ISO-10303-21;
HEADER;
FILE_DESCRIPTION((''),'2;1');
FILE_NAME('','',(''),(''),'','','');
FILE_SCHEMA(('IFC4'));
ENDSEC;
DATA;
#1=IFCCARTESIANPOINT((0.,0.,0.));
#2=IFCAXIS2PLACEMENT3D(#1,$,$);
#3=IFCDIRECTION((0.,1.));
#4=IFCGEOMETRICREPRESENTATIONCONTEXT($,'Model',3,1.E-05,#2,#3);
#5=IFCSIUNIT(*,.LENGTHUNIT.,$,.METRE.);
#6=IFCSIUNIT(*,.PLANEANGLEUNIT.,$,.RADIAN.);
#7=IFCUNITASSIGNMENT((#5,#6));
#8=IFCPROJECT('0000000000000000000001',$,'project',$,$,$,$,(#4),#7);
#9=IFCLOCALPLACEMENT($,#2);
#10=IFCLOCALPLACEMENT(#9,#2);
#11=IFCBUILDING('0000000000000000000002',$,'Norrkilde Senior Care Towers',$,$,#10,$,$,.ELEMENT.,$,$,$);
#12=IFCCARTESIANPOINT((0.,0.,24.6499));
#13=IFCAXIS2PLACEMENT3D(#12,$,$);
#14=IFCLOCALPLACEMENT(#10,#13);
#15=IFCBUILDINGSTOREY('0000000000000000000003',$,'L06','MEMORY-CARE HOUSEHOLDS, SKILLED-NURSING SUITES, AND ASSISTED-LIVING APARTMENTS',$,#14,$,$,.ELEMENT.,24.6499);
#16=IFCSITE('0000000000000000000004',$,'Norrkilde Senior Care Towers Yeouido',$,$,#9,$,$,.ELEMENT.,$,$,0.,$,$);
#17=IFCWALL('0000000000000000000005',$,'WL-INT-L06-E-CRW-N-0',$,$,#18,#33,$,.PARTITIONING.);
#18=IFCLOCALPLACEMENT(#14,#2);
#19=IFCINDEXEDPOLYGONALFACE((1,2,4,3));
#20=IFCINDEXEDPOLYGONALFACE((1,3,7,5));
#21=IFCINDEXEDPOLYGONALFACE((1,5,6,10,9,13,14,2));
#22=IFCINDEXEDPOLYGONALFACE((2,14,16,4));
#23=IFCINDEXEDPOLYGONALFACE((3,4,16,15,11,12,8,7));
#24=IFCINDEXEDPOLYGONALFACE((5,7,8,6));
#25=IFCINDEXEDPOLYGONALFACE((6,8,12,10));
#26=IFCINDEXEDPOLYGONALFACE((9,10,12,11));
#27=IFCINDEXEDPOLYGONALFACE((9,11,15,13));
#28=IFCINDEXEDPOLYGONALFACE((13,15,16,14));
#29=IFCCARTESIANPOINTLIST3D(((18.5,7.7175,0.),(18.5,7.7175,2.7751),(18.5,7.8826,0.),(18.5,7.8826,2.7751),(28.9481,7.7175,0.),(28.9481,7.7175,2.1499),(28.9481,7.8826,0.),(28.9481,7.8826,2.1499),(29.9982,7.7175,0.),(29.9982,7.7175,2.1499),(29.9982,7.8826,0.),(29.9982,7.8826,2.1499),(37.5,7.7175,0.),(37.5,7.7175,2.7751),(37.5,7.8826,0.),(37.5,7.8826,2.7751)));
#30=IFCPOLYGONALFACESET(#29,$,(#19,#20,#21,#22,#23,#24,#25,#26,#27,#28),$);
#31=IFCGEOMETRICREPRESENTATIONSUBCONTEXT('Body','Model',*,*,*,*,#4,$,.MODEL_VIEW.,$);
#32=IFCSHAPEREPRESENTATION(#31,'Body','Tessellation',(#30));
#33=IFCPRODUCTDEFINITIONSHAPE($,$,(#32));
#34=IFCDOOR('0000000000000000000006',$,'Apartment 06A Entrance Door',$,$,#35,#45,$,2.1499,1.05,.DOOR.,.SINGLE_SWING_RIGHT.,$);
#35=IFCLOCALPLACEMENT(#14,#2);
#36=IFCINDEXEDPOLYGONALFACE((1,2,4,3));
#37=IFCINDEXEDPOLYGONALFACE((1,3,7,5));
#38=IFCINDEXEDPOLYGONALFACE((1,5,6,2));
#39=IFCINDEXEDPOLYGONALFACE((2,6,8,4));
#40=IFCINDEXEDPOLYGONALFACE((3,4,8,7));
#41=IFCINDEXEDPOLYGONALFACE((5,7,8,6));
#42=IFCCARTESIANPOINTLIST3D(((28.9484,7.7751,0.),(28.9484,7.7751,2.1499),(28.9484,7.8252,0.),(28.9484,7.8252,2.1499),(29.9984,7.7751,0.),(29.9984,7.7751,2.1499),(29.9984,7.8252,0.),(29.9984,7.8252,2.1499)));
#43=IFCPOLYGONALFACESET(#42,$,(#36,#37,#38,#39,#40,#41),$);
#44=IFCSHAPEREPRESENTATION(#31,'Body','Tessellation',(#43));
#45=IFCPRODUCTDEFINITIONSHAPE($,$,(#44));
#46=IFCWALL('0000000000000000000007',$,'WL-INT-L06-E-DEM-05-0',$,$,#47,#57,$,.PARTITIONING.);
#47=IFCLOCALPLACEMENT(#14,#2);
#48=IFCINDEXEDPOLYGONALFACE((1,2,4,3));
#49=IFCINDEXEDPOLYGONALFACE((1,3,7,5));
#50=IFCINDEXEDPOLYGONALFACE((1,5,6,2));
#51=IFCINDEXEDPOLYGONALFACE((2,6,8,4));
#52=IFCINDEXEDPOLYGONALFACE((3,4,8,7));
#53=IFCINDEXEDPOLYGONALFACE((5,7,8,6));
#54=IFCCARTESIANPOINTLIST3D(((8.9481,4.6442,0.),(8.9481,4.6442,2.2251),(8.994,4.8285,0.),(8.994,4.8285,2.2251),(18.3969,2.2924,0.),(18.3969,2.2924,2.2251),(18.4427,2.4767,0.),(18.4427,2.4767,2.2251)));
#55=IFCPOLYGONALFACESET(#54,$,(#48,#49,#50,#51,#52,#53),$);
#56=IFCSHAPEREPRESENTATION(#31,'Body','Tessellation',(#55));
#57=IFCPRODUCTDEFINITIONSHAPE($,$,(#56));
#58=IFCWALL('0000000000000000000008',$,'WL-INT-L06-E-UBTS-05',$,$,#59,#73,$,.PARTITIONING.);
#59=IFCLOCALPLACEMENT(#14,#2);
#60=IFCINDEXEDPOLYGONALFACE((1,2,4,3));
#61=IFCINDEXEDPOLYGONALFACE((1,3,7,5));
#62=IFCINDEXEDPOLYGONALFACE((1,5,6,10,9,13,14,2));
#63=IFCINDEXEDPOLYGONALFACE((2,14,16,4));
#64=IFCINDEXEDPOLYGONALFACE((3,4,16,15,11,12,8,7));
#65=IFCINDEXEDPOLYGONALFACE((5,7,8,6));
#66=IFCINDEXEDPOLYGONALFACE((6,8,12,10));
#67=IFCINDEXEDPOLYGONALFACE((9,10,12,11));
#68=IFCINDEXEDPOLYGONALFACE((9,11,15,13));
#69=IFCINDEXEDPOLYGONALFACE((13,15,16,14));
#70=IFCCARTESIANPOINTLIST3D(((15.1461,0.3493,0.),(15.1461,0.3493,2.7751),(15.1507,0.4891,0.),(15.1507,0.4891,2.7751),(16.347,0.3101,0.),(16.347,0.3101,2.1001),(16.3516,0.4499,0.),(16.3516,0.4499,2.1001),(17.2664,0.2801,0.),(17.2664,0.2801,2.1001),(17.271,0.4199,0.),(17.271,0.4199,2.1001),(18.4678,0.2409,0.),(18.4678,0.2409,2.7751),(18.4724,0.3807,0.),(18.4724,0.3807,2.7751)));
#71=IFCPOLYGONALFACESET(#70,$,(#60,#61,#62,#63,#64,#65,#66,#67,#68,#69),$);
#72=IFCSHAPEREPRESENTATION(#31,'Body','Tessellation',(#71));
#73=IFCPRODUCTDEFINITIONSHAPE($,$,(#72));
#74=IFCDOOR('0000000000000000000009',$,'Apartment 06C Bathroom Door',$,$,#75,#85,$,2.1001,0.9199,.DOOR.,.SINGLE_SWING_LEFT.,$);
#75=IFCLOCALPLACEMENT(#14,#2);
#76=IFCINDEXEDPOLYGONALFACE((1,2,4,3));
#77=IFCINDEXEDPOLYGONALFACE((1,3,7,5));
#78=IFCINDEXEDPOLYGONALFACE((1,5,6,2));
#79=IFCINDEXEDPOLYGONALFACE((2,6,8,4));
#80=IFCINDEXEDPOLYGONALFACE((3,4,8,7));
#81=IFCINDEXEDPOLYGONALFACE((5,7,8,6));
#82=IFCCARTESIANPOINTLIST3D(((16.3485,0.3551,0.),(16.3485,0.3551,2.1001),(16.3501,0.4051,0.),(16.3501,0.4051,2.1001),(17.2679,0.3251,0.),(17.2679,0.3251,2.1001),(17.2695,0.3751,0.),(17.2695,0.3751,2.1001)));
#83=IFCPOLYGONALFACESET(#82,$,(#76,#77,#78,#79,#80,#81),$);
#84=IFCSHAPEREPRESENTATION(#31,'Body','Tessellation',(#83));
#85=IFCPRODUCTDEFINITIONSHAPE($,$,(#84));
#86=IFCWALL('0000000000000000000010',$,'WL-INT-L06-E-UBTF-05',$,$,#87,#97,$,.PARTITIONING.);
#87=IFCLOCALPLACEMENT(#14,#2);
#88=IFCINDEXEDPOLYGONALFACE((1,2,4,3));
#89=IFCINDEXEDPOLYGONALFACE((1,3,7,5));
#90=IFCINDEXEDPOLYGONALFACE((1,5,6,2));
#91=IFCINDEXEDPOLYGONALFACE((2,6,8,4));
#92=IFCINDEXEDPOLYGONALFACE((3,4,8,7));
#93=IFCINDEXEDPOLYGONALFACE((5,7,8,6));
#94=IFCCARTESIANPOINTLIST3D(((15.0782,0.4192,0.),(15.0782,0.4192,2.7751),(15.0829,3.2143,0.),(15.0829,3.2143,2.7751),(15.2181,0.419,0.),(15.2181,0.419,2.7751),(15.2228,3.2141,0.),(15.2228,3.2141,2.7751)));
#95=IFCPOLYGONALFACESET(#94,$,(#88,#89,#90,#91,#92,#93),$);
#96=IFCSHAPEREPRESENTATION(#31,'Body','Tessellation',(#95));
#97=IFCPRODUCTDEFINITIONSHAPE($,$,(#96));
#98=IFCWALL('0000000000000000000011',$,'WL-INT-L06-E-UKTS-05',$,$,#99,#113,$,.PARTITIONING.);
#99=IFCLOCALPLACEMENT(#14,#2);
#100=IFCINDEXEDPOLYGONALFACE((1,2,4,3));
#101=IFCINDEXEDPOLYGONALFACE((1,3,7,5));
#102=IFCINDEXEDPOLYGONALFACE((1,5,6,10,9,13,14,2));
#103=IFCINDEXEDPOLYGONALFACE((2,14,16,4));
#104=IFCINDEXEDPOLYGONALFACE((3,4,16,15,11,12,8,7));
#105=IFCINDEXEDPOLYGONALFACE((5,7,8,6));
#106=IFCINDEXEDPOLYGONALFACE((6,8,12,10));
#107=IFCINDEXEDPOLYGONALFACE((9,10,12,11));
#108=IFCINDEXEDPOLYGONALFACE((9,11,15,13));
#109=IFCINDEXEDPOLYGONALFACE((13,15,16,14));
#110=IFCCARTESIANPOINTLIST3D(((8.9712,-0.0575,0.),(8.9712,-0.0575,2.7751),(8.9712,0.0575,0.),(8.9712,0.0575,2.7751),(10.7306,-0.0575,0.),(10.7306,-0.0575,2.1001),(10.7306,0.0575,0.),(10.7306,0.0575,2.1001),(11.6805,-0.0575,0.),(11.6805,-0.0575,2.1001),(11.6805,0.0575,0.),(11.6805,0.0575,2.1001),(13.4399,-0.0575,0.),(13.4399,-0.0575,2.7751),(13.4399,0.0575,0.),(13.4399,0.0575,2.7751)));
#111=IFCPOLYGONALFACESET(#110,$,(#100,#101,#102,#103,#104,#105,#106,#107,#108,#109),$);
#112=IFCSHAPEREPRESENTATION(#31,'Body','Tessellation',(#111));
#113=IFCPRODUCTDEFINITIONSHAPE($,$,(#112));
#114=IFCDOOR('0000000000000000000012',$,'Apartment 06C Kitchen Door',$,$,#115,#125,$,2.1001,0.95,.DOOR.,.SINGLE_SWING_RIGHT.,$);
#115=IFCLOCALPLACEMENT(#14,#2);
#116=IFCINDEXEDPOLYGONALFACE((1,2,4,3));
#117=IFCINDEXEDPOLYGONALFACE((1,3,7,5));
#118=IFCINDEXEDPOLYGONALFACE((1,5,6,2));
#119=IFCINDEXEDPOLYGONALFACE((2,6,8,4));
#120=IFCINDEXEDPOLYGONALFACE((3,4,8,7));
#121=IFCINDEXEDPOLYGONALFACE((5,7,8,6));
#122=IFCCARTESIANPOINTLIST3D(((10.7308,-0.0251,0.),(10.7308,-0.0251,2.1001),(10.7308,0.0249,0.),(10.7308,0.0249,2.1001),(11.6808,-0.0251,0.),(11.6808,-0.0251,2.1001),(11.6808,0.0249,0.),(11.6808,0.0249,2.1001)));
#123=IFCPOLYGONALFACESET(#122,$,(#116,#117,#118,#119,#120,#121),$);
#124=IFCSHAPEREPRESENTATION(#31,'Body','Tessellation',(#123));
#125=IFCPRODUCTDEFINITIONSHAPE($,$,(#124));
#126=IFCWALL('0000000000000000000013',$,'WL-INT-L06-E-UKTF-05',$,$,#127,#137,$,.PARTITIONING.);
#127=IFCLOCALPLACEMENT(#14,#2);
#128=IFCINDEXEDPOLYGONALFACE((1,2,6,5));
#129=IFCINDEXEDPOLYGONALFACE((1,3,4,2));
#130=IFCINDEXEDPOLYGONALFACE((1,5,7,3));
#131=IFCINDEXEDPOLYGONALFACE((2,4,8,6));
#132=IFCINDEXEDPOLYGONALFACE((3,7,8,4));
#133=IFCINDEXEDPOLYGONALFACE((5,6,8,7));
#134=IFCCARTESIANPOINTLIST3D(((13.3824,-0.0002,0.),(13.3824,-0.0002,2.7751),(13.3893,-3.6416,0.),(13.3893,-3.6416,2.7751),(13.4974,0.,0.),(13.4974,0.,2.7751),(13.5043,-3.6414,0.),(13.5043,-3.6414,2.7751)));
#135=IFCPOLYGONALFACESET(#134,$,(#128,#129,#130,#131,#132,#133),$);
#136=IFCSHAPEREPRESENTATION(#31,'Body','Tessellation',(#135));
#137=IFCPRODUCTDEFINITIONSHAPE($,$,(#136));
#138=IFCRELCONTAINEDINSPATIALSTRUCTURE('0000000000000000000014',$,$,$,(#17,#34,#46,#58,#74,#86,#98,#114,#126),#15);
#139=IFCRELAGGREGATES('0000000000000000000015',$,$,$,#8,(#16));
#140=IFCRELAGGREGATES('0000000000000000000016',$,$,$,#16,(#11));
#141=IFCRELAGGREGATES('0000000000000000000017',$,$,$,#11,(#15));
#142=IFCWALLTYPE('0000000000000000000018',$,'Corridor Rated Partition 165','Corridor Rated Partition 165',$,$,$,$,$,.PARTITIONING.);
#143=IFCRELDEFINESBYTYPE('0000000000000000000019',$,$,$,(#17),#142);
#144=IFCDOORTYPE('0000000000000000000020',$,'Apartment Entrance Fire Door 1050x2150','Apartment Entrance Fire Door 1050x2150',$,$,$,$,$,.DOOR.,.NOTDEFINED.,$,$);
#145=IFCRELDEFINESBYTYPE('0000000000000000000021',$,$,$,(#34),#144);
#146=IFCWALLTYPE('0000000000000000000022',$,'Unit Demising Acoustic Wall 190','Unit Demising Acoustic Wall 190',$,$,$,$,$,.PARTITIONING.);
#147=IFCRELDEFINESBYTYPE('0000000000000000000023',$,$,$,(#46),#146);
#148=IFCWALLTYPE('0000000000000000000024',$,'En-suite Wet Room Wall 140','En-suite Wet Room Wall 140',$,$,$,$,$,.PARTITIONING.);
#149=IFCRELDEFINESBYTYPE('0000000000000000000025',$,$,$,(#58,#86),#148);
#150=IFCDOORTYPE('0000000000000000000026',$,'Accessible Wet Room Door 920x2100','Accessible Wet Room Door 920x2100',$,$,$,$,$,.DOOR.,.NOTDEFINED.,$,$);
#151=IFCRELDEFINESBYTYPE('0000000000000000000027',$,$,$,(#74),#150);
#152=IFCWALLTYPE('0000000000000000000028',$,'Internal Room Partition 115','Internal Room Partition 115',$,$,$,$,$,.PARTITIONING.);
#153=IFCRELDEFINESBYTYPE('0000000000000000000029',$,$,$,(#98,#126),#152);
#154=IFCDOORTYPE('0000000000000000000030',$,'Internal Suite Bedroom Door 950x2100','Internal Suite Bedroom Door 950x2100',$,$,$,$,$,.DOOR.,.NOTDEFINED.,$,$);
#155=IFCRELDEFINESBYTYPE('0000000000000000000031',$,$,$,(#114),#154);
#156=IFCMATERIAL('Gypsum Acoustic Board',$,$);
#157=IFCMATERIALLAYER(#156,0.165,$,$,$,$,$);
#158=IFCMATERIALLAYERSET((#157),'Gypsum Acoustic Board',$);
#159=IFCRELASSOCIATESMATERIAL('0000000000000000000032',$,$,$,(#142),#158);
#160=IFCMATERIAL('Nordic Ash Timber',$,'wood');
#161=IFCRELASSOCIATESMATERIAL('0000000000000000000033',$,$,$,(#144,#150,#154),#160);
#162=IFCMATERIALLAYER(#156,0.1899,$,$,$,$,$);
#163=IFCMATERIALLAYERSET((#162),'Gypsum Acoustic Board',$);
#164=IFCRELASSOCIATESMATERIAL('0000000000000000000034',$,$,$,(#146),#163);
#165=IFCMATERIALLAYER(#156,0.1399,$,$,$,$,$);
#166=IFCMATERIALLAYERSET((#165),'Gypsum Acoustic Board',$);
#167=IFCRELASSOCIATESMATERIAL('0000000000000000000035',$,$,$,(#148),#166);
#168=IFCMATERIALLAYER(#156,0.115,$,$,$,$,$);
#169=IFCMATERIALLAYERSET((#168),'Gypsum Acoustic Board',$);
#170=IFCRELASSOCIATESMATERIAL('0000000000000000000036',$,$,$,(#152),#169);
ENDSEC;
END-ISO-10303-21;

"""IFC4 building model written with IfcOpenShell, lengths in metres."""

from ifc_helpers import new_model, si_unit, direction, frame, frame_2d, origin, place, context, subcontext, project, spatial, rectangle, extrude, source, transform, mapped, material, layer, layer_set, type_object, type_shapes, element, fill, save


model = new_model("IFC4")

# Units and contexts
model_context = context("Model", 3, precision=1e-05, world=origin(), true_north=direction((0.0, 1.0)))
body_context = subcontext(model_context, "Body", "Model", "MODEL_VIEW")
ifc_project = project(units=[si_unit("LENGTHUNIT", "METRE"), si_unit("PLANEANGLEUNIT", "RADIAN")], contexts=[model_context])

# Site, building, storey
site_placement = place(None, origin())
site = spatial("IfcSite", under=ifc_project, at=site_placement, Name="Norrkilde Senior Care Towers Yeouido", CompositionType="ELEMENT", RefElevation=0.0)
building_placement = place(site_placement, origin())
building = spatial("IfcBuilding", under=site, at=building_placement, Name="Norrkilde Senior Care Towers", CompositionType="ELEMENT")
storey_placement = place(building_placement, frame((0.0, 0.0, 24.6499)))
storey = spatial("IfcBuildingStorey", under=building, at=storey_placement, Name="L06", Description="MEMORY-CARE HOUSEHOLDS, SKILLED-NURSING SUITES, AND ASSISTED-LIVING APARTMENTS", CompositionType="ELEMENT", Elevation=24.6499)

# Wall, opening, door
ifc_material_1 = material(Name="Gypsum Acoustic Board")
ifc_layer_1 = layer(ifc_material_1, 0.165)
ifc_layer_set_1 = layer_set([ifc_layer_1], Name="Gypsum Acoustic Board")
wall_type_1 = type_object("IfcWallType", Name="Corridor Rated Partition 165", Description="Corridor Rated Partition 165", PredefinedType="PARTITIONING", material=ifc_layer_set_1)
shared_shape_1 = source(origin(), body_context, "Body", "SweptSolid", [
    extrude(rectangle(XDim=19.0, YDim=0.165, at=frame_2d((9.5, 0.0))), origin(), (0.0, 0.0, 1.0), 2.7751),
])
type_shapes(wall_type_1, [shared_shape_1])
wall_1_placement = place(storey_placement, frame((18.5, 7.8, 0.0), z_axis=(0.0, 0.0, 1.0), x_axis=(1.0, 0.0, 0.0)))
wall_1 = element("IfcWall", 1, at=wall_1_placement, inside=storey, type_object=wall_type_1, Name="WL-INT-L06-E-CRW-N-0", PredefinedType="PARTITIONING", context=body_context, shape_type="MappedRepresentation", body=[
    mapped(shared_shape_1, transform((0.0, 0.0, 0.0), x_axis=(1.0, 0.0, 0.0), y_axis=(0.0, 1.0, 0.0), z_axis=(0.0, 0.0, 1.0), scale=1.0)),
])
opening_1_placement = place(wall_1_placement, frame((10.4482, 0.0, 0.0)))
opening_1 = element("IfcOpeningElement", 2, at=opening_1_placement, cuts=wall_1, PredefinedType="OPENING", context=body_context, shape_type="SweptSolid", body=[
    extrude(rectangle(XDim=1.05, YDim=2.1499, at=frame_2d((0.5249, 1.075))), frame((0.0, 0.0925, 0.0), z_axis=(0.0, -1.0, 0.0), x_axis=(1.0, 0.0, 0.0)), (0.0, 0.0, 1.0), 0.1851),
])
ifc_material_2 = material(Name="Nordic Ash Timber", Category="wood")
door_type_1 = type_object("IfcDoorType", Name="Apartment Entrance Fire Door 1050x2150", Description="Apartment Entrance Fire Door 1050x2150", OperationType="NOTDEFINED", PredefinedType="DOOR", material=ifc_material_2)
shared_shape_2 = source(origin(), body_context, "Body", "SweptSolid", [
    extrude(rectangle(XDim=1.05, YDim=2.1499, at=frame_2d((0.5249, 1.075))), frame((0.0, 0.0249, 0.0), z_axis=(0.0, -1.0, 0.0), x_axis=(1.0, 0.0, 0.0)), (0.0, 0.0, 1.0), 0.05),
])
type_shapes(door_type_1, [shared_shape_2])
door_1_placement = place(opening_1_placement, frame((1.05, 0.0, 0.0), z_axis=(0.0, 0.0, 1.0), x_axis=(-1.0, 0.0, 0.0)))
door_1 = element("IfcDoor", 3, at=door_1_placement, inside=storey, type_object=door_type_1, Name="Apartment 06A Entrance Door", OperationType="SINGLE_SWING_RIGHT", OverallHeight=2.1499, OverallWidth=1.05, PredefinedType="DOOR", context=body_context, shape_type="MappedRepresentation", body=[
    mapped(shared_shape_2, transform((0.0, 0.0, 0.0), x_axis=(1.0, 0.0, 0.0), y_axis=(0.0, 1.0, 0.0), z_axis=(0.0, 0.0, 1.0), scale=1.0)),
])
fill(opening_1, door_1)

# Wall
ifc_layer_2 = layer(ifc_material_1, 0.1899)
ifc_layer_set_2 = layer_set([ifc_layer_2], Name="Gypsum Acoustic Board")
wall_type_2 = type_object("IfcWallType", Name="Unit Demising Acoustic Wall 190", Description="Unit Demising Acoustic Wall 190", PredefinedType="PARTITIONING", material=ifc_layer_set_2)
shared_shape_3 = source(origin(), body_context, "Body", "SweptSolid", [
    extrude(rectangle(XDim=9.7371, YDim=0.1899, at=frame_2d((4.8687, 0.0))), origin(), (0.0, 0.0, 1.0), 2.2251),
])
type_shapes(wall_type_2, [shared_shape_3])
wall_2_placement = place(storey_placement, frame((18.4199, 2.3845, 0.0), z_axis=(0.0, 0.0, 1.0), x_axis=(-0.970393, 0.241533, 0.0)))
element("IfcWall", 4, at=wall_2_placement, inside=storey, type_object=wall_type_2, Name="WL-INT-L06-E-DEM-05-0", PredefinedType="PARTITIONING", context=body_context, shape_type="MappedRepresentation", body=[
    mapped(shared_shape_3, transform((0.0, 0.0, 0.0), x_axis=(1.0, 0.0, 0.0), y_axis=(0.0, 1.0, 0.0), z_axis=(0.0, 0.0, 1.0), scale=1.0)),
])

# Wall, opening, door
ifc_layer_3 = layer(ifc_material_1, 0.1399)
ifc_layer_set_3 = layer_set([ifc_layer_3], Name="Gypsum Acoustic Board")
wall_type_3 = type_object("IfcWallType", Name="En-suite Wet Room Wall 140", Description="En-suite Wet Room Wall 140", PredefinedType="PARTITIONING", material=ifc_layer_set_3)
shared_shape_4 = source(origin(), body_context, "Body", "SweptSolid", [
    extrude(rectangle(XDim=3.3235, YDim=0.1399, at=frame_2d((1.6616, 0.0))), origin(), (0.0, 0.0, 1.0), 2.7751),
])
wall_3_placement = place(storey_placement, frame((18.47, 0.3108, 0.0), z_axis=(0.0, 0.0, 1.0), x_axis=(-0.999468, 0.032615, 0.0)))
wall_3 = element("IfcWall", 5, at=wall_3_placement, inside=storey, type_object=wall_type_3, Name="WL-INT-L06-E-UBTS-05", PredefinedType="PARTITIONING", context=body_context, shape_type="MappedRepresentation", body=[
    mapped(shared_shape_4, transform((0.0, 0.0, 0.0), x_axis=(1.0, 0.0, 0.0), y_axis=(0.0, 1.0, 0.0), z_axis=(0.0, 0.0, 1.0), scale=1.0)),
])
opening_2_placement = place(wall_3_placement, frame((1.2019, 0.0, 0.0)))
opening_2 = element("IfcOpeningElement", 6, at=opening_2_placement, cuts=wall_3, PredefinedType="OPENING", context=body_context, shape_type="SweptSolid", body=[
    extrude(rectangle(XDim=0.9199, YDim=2.1001, at=frame_2d((0.46, 1.05))), frame((0.0, 0.0798, 0.0), z_axis=(0.0, -1.0, 0.0), x_axis=(1.0, 0.0, 0.0)), (0.0, 0.0, 1.0), 0.1599),
])
door_type_2 = type_object("IfcDoorType", Name="Accessible Wet Room Door 920x2100", Description="Accessible Wet Room Door 920x2100", OperationType="NOTDEFINED", PredefinedType="DOOR", material=ifc_material_2)
shared_shape_5 = source(origin(), body_context, "Body", "SweptSolid", [
    extrude(rectangle(XDim=0.9199, YDim=2.1001, at=frame_2d((0.46, 1.05))), frame((0.0, 0.0249, 0.0), z_axis=(0.0, -1.0, 0.0), x_axis=(1.0, 0.0, 0.0)), (0.0, 0.0, 1.0), 0.05),
])
type_shapes(door_type_2, [shared_shape_5])
door_2_placement = place(opening_2_placement, origin())
door_2 = element("IfcDoor", 7, at=door_2_placement, inside=storey, type_object=door_type_2, Name="Apartment 06C Bathroom Door", OperationType="SINGLE_SWING_LEFT", OverallHeight=2.1001, OverallWidth=0.9199, PredefinedType="DOOR", context=body_context, shape_type="MappedRepresentation", body=[
    mapped(shared_shape_5, transform((0.0, 0.0, 0.0), x_axis=(1.0, 0.0, 0.0), y_axis=(0.0, 1.0, 0.0), z_axis=(0.0, 0.0, 1.0), scale=1.0)),
])
fill(opening_2, door_2)

# Wall
shared_shape_6 = source(origin(), body_context, "Body", "SweptSolid", [
    extrude(rectangle(XDim=2.7952, YDim=0.1399, at=frame_2d((1.3975, 0.0))), origin(), (0.0, 0.0, 1.0), 2.7751),
])
type_shapes(wall_type_3, [shared_shape_4, shared_shape_6])
wall_4_placement = place(storey_placement, frame((15.1482, 0.4192, 0.0), z_axis=(0.0, 0.0, 1.0), x_axis=(0.00166, 0.999999, 0.0)))
element("IfcWall", 8, at=wall_4_placement, inside=storey, type_object=wall_type_3, Name="WL-INT-L06-E-UBTF-05", PredefinedType="PARTITIONING", context=body_context, shape_type="MappedRepresentation", body=[
    mapped(shared_shape_6, transform((0.0, 0.0, 0.0), x_axis=(1.0, 0.0, 0.0), y_axis=(0.0, 1.0, 0.0), z_axis=(0.0, 0.0, 1.0), scale=1.0)),
])

# Wall, opening, door
ifc_layer_4 = layer(ifc_material_1, 0.115)
ifc_layer_set_4 = layer_set([ifc_layer_4], Name="Gypsum Acoustic Board")
wall_type_4 = type_object("IfcWallType", Name="Internal Room Partition 115", Description="Internal Room Partition 115", PredefinedType="PARTITIONING", material=ifc_layer_set_4)
shared_shape_7 = source(origin(), body_context, "Body", "SweptSolid", [
    extrude(rectangle(XDim=4.4688, YDim=0.115, at=frame_2d((2.2344, 0.0))), origin(), (0.0, 0.0, 1.0), 2.7751),
])
wall_5_placement = place(storey_placement, frame((13.4399, 0.0, 0.0), z_axis=(0.0, 0.0, 1.0), x_axis=(-1.0, 0.0, 0.0)))
wall_5 = element("IfcWall", 9, at=wall_5_placement, inside=storey, type_object=wall_type_4, Name="WL-INT-L06-E-UKTS-05", PredefinedType="PARTITIONING", context=body_context, shape_type="MappedRepresentation", body=[
    mapped(shared_shape_7, transform((0.0, 0.0, 0.0), x_axis=(1.0, 0.0, 0.0), y_axis=(0.0, 1.0, 0.0), z_axis=(0.0, 0.0, 1.0), scale=1.0)),
])
opening_3_placement = place(wall_5_placement, frame((1.7593, 0.0, 0.0)))
opening_3 = element("IfcOpeningElement", 10, at=opening_3_placement, cuts=wall_5, PredefinedType="OPENING", context=body_context, shape_type="SweptSolid", body=[
    extrude(rectangle(XDim=0.95, YDim=2.1001, at=frame_2d((0.4751, 1.05))), frame((0.0, 0.0674, 0.0), z_axis=(0.0, -1.0, 0.0), x_axis=(1.0, 0.0, 0.0)), (0.0, 0.0, 1.0), 0.135),
])
door_type_3 = type_object("IfcDoorType", Name="Internal Suite Bedroom Door 950x2100", Description="Internal Suite Bedroom Door 950x2100", OperationType="NOTDEFINED", PredefinedType="DOOR", material=ifc_material_2)
shared_shape_8 = source(origin(), body_context, "Body", "SweptSolid", [
    extrude(rectangle(XDim=0.95, YDim=2.1001, at=frame_2d((0.4751, 1.05))), frame((0.0, 0.0249, 0.0), z_axis=(0.0, -1.0, 0.0), x_axis=(1.0, 0.0, 0.0)), (0.0, 0.0, 1.0), 0.05),
])
type_shapes(door_type_3, [shared_shape_8])
door_3_placement = place(opening_3_placement, frame((0.95, 0.0, 0.0), z_axis=(0.0, 0.0, 1.0), x_axis=(-1.0, 0.0, 0.0)))
door_3 = element("IfcDoor", 11, at=door_3_placement, inside=storey, type_object=door_type_3, Name="Apartment 06C Kitchen Door", OperationType="SINGLE_SWING_RIGHT", OverallHeight=2.1001, OverallWidth=0.95, PredefinedType="DOOR", context=body_context, shape_type="MappedRepresentation", body=[
    mapped(shared_shape_8, transform((0.0, 0.0, 0.0), x_axis=(1.0, 0.0, 0.0), y_axis=(0.0, 1.0, 0.0), z_axis=(0.0, 0.0, 1.0), scale=1.0)),
])
fill(opening_3, door_3)

# Wall
shared_shape_9 = source(origin(), body_context, "Body", "SweptSolid", [
    extrude(rectangle(XDim=3.6414, YDim=0.115, at=frame_2d((1.8208, 0.0))), origin(), (0.0, 0.0, 1.0), 2.7751),
])
type_shapes(wall_type_4, [shared_shape_7, shared_shape_9])
wall_6_placement = place(storey_placement, frame((13.4399, 0.0, 0.0), z_axis=(0.0, 0.0, 1.0), x_axis=(0.001877, -0.999998, 0.0)))
element("IfcWall", 12, at=wall_6_placement, inside=storey, type_object=wall_type_4, Name="WL-INT-L06-E-UKTF-05", PredefinedType="PARTITIONING", context=body_context, shape_type="MappedRepresentation", body=[
    mapped(shared_shape_9, transform((0.0, 0.0, 0.0), x_axis=(1.0, 0.0, 0.0), y_axis=(0.0, 1.0, 0.0), z_axis=(0.0, 0.0, 1.0), scale=1.0)),
])

save(model, "model.ifc")
